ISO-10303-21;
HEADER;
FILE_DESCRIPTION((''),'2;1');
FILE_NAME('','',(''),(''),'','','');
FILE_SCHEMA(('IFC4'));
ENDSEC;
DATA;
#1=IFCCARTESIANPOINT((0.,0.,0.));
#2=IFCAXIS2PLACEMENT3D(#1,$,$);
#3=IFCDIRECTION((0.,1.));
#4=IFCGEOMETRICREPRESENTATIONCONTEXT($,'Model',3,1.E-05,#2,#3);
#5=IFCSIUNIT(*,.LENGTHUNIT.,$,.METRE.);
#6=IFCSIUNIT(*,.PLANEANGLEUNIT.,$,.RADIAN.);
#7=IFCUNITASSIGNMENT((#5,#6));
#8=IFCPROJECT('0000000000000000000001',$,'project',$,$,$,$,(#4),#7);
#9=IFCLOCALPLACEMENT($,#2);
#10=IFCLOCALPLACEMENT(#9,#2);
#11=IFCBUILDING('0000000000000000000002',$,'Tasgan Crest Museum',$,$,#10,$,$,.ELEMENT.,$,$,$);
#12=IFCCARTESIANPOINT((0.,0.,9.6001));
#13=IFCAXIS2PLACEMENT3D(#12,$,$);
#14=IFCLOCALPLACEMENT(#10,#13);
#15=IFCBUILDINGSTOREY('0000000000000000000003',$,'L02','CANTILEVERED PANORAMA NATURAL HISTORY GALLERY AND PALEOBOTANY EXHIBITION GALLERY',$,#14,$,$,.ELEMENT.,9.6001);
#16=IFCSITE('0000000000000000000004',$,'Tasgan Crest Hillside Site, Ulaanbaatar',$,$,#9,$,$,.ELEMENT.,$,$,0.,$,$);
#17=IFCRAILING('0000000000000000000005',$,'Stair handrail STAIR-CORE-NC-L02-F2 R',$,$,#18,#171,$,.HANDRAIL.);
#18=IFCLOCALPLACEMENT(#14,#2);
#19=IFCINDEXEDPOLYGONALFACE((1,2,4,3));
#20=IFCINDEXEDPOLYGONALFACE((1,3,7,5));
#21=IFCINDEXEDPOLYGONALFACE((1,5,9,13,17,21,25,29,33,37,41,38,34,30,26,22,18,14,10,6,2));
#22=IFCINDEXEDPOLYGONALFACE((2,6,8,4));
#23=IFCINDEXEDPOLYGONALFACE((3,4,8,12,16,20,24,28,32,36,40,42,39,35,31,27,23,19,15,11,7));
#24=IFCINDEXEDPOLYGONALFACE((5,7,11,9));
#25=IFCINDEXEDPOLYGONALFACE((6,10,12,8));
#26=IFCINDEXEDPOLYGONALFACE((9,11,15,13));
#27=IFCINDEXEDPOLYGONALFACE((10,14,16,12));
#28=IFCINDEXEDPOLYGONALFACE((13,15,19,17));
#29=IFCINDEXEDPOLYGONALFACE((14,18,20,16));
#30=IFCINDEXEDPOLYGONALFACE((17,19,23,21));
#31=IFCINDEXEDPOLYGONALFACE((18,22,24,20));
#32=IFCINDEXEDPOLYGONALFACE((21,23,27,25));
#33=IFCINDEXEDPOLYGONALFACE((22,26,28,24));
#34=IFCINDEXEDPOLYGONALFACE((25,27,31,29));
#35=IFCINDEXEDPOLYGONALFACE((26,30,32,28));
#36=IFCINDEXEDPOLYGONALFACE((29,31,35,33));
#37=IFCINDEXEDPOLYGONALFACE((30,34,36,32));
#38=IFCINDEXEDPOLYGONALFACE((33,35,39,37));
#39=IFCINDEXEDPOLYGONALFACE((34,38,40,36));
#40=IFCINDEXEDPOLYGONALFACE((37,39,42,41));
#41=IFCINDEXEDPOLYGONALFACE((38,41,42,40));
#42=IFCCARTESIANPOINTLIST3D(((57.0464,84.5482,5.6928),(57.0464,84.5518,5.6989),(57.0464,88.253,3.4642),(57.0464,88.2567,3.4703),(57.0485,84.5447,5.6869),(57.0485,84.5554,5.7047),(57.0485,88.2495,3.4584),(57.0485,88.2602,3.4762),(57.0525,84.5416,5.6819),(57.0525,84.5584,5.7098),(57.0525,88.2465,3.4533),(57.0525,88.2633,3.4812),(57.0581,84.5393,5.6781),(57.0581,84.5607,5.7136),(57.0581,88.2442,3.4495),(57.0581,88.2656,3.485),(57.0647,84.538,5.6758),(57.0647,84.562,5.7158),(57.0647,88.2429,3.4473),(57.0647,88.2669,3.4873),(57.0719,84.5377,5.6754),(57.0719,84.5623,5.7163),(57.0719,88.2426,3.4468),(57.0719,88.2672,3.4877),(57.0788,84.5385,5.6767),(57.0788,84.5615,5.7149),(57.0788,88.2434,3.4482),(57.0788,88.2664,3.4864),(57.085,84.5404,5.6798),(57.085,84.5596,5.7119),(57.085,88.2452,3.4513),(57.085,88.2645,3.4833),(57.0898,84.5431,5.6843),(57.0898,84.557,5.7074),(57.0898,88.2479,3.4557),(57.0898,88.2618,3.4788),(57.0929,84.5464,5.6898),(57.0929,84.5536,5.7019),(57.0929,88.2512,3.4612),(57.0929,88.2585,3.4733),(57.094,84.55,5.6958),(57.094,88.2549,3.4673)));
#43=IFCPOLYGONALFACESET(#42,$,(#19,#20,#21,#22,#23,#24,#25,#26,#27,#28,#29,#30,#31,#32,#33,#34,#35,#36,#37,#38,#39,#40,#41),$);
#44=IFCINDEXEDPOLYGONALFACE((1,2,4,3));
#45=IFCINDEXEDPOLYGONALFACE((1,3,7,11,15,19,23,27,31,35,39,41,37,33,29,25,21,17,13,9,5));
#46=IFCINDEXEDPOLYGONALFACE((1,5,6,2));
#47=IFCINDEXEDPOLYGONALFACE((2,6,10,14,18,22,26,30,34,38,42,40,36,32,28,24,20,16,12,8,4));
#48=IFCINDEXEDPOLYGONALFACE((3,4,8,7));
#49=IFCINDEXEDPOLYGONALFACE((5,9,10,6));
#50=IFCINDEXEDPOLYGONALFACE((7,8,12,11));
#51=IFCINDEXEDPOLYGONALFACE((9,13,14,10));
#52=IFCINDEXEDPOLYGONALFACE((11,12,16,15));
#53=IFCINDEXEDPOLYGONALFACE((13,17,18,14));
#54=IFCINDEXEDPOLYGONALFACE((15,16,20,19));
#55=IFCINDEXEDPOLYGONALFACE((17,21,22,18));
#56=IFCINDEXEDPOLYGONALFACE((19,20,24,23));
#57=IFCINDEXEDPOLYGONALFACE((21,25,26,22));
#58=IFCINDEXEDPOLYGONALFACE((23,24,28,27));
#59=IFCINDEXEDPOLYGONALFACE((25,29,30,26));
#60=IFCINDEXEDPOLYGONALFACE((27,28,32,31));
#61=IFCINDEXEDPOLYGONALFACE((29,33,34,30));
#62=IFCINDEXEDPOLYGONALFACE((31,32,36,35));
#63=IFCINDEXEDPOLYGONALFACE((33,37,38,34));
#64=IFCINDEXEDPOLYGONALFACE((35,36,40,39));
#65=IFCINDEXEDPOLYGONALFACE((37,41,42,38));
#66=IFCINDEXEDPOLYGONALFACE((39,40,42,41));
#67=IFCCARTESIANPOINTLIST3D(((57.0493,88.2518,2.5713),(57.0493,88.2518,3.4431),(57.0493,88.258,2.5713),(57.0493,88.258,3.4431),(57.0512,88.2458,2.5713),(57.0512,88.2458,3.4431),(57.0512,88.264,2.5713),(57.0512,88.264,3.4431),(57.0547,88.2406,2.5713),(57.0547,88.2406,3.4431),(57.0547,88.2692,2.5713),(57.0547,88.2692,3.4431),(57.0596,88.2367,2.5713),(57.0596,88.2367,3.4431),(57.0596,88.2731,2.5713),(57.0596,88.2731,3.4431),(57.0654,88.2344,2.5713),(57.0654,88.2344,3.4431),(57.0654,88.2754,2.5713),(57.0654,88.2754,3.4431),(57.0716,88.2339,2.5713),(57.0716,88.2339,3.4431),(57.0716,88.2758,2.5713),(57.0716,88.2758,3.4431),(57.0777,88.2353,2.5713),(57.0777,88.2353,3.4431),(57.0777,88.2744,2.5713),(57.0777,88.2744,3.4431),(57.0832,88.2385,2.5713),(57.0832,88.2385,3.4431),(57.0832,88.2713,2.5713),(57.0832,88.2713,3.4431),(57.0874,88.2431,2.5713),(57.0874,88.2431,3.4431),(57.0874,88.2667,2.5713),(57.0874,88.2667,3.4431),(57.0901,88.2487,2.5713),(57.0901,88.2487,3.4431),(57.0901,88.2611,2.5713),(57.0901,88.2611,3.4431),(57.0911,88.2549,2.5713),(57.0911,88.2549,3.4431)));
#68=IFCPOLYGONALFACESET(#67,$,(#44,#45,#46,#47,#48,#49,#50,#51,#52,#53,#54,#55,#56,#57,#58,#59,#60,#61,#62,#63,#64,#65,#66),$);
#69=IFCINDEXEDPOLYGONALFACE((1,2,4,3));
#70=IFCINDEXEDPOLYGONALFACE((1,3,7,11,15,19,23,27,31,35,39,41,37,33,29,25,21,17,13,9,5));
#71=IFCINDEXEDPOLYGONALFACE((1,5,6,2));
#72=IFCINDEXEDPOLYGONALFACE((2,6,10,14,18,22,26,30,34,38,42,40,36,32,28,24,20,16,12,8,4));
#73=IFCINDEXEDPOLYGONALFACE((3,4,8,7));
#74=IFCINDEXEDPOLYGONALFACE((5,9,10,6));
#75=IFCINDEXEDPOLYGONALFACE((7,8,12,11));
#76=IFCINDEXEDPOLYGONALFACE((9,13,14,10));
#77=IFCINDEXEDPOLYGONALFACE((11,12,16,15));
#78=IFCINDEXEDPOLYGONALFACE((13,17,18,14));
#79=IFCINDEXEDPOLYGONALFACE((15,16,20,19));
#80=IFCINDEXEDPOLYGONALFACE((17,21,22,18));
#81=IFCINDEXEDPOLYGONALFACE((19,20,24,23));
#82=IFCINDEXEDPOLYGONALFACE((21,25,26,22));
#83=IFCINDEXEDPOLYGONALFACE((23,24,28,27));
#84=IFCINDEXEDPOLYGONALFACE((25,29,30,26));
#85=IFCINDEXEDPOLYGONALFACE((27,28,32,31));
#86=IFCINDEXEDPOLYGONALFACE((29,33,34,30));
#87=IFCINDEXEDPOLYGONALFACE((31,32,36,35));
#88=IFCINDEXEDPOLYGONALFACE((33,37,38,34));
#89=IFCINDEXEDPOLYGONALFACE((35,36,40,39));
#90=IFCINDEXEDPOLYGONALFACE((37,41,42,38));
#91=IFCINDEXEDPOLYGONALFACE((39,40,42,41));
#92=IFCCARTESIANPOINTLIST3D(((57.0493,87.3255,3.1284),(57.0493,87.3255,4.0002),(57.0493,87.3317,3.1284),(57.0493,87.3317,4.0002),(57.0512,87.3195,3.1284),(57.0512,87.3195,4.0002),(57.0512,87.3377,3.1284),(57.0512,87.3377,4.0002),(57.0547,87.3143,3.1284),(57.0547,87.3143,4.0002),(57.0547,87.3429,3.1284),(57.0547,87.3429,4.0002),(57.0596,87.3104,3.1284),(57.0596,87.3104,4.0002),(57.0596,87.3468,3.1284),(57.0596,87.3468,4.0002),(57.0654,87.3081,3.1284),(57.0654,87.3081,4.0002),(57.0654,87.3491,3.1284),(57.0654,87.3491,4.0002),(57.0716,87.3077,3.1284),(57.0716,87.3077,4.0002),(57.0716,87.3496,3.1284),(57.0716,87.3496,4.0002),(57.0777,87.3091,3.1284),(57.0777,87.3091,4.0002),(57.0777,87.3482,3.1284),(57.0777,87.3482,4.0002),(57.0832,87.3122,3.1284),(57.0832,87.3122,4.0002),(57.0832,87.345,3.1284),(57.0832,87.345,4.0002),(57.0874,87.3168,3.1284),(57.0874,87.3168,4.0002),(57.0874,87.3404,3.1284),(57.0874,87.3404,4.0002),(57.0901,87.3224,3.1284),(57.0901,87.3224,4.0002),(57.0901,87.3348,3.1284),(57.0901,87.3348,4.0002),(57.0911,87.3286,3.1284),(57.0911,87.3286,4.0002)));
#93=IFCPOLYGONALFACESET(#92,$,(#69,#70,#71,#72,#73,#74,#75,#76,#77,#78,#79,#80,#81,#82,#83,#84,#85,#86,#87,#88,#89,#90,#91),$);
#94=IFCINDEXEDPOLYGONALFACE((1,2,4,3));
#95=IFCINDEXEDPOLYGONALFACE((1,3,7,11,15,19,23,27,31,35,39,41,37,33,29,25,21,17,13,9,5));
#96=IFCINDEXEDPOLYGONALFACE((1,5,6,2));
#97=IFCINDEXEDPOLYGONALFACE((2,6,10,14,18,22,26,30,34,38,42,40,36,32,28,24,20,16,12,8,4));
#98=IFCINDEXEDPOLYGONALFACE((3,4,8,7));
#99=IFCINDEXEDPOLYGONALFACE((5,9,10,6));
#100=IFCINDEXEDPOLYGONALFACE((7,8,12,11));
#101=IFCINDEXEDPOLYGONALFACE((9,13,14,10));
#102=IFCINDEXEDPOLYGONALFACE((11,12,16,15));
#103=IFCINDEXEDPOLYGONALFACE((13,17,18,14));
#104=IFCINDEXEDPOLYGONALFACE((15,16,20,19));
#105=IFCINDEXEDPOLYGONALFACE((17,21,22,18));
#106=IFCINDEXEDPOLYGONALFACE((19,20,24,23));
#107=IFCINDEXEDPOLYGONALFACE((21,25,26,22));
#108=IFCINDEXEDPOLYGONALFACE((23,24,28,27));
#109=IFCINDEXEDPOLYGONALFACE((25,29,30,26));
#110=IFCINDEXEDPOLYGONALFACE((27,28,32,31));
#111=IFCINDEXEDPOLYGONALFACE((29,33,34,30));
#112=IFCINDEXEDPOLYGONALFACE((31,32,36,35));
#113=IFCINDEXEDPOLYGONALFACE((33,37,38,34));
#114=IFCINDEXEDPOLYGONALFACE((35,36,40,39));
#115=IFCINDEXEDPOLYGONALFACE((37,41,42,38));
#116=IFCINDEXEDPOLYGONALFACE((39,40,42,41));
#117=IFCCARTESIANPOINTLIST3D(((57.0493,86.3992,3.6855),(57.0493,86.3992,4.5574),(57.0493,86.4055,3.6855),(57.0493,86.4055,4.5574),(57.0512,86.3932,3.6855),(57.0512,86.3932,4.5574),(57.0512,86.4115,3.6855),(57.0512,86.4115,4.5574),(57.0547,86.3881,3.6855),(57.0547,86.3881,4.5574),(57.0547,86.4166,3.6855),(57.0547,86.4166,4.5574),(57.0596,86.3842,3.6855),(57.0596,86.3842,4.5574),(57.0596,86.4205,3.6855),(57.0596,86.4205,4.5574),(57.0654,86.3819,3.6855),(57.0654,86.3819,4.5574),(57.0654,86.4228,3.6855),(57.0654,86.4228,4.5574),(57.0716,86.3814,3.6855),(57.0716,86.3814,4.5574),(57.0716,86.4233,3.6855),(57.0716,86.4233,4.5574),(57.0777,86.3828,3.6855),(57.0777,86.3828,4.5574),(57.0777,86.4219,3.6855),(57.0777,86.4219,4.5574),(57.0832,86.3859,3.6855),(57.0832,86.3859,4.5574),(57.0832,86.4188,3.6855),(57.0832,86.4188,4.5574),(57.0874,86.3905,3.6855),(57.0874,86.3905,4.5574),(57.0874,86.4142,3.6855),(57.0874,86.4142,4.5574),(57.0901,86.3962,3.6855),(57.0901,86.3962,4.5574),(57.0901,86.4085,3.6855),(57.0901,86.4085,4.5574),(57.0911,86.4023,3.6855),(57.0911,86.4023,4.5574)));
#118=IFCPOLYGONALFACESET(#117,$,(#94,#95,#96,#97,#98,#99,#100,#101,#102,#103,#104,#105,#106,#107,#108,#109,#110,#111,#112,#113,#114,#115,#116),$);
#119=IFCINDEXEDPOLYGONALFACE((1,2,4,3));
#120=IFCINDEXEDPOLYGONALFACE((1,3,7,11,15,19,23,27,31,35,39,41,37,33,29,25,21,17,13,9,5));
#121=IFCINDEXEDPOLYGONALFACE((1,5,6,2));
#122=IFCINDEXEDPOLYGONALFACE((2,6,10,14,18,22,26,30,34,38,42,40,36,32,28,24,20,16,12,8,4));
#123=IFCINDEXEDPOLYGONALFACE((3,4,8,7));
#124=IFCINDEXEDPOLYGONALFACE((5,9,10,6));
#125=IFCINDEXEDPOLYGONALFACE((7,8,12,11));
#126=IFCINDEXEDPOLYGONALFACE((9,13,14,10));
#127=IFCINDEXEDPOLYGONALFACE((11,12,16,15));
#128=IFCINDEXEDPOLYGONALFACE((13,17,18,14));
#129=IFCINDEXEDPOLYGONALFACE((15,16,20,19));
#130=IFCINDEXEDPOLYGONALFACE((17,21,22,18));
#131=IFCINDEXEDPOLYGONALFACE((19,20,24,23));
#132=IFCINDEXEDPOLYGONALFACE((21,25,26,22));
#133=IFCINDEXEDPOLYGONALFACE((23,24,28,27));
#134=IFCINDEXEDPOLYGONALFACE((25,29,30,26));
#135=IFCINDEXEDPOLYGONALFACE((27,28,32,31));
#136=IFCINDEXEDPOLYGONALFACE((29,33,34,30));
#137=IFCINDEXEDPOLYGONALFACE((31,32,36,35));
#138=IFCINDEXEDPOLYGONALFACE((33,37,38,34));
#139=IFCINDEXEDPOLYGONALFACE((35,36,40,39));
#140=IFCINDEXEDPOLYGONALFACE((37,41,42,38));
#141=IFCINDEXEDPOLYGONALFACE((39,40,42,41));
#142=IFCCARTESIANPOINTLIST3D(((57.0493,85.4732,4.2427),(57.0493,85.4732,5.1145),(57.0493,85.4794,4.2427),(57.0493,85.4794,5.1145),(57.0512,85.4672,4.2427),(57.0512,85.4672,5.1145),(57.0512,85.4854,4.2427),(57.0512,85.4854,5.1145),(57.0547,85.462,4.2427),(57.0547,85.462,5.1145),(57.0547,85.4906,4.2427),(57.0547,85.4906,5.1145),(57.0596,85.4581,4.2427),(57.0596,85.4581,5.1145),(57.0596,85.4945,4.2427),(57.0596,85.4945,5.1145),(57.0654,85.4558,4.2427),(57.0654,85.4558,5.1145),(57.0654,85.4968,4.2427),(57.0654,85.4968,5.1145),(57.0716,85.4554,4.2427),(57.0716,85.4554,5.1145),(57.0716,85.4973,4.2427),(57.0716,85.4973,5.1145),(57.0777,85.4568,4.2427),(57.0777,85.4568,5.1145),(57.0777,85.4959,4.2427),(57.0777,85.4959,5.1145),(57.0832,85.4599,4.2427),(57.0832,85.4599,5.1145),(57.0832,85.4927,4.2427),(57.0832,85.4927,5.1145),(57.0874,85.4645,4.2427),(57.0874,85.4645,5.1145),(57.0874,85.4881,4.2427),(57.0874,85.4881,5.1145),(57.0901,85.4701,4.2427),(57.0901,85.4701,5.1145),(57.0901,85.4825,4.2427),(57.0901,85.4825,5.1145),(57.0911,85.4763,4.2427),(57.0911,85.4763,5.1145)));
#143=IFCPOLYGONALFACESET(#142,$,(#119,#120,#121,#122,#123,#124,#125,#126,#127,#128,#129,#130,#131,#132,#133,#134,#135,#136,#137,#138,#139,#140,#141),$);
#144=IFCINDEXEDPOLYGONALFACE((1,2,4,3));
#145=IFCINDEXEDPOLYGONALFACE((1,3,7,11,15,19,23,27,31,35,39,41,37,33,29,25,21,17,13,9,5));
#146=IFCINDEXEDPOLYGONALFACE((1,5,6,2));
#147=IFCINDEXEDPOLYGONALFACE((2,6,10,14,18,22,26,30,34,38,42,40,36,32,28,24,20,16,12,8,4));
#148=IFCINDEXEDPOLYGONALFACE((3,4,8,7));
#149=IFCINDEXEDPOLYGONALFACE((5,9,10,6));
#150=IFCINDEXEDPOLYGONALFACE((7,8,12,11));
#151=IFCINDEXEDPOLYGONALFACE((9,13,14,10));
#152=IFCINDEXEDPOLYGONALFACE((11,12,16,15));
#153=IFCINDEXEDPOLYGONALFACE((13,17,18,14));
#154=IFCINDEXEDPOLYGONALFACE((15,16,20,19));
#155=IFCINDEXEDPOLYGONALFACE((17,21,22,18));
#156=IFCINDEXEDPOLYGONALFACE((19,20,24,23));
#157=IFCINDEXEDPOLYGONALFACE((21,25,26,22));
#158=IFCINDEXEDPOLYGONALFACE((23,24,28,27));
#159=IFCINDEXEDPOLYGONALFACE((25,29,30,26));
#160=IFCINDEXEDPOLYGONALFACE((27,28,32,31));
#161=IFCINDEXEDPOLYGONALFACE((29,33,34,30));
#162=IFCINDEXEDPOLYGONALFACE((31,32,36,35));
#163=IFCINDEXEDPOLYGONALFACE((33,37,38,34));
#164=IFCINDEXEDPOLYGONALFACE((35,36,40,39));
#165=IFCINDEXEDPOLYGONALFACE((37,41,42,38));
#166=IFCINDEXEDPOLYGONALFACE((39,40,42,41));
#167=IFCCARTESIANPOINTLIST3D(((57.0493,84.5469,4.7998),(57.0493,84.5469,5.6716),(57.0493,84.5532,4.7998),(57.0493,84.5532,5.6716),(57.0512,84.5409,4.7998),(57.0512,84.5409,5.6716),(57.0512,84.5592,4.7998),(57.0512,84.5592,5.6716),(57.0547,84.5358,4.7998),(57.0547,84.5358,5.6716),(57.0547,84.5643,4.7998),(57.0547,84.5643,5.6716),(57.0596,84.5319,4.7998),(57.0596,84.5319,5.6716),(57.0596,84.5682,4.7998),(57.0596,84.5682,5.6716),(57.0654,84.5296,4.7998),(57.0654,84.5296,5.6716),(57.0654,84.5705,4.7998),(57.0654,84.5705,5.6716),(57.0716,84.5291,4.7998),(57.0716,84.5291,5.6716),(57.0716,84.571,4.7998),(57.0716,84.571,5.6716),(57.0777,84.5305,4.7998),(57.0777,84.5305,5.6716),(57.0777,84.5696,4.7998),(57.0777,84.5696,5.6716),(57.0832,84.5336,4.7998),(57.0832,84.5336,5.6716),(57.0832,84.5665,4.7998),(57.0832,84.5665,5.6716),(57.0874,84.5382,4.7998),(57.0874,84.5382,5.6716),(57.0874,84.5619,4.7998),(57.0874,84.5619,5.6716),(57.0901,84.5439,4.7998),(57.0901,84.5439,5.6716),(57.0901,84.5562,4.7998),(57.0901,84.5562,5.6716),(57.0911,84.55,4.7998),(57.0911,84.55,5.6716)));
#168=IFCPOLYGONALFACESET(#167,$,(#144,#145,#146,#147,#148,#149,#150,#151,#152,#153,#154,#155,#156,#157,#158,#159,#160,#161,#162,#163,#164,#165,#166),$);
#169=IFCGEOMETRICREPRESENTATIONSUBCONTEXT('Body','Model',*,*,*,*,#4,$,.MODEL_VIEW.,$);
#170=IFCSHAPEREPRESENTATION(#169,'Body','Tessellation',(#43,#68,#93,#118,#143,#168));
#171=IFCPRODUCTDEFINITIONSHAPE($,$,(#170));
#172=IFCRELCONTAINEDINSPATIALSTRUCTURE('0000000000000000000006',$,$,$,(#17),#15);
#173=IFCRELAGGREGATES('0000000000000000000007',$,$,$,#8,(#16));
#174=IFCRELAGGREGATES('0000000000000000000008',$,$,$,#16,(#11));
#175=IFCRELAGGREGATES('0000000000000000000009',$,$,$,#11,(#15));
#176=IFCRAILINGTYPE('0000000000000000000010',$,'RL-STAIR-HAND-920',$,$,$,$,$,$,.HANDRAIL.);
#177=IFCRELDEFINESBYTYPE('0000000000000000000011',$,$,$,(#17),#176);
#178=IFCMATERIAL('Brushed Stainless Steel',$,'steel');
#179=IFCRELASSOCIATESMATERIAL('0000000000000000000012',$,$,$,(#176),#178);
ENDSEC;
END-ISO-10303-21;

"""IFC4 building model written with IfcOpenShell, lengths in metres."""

from ifc_helpers import new_model, si_unit, direction, frame, origin, origin_2d, place, context, subcontext, project, spatial, circle, extrude, material, type_object, element, save


model = new_model("IFC4")

# Units and contexts
model_context = context("Model", 3, precision=1e-05, world=origin(), true_north=direction((0.0, 1.0)))
body_context = subcontext(model_context, "Body", "Model", "MODEL_VIEW")
ifc_project = project(units=[si_unit("LENGTHUNIT", "METRE"), si_unit("PLANEANGLEUNIT", "RADIAN")], contexts=[model_context])

# Site, building, storey
site_placement = place(None, origin())
site = spatial("IfcSite", under=ifc_project, at=site_placement, Name="Tasgan Crest Hillside Site, Ulaanbaatar", CompositionType="ELEMENT", RefElevation=0.0)
building_placement = place(site_placement, origin())
building = spatial("IfcBuilding", under=site, at=building_placement, Name="Tasgan Crest Museum", CompositionType="ELEMENT")
storey_placement = place(building_placement, frame((0.0, 0.0, 9.6001)))
storey = spatial("IfcBuildingStorey", under=building, at=storey_placement, Name="L02", Description="CANTILEVERED PANORAMA NATURAL HISTORY GALLERY AND PALEOBOTANY EXHIBITION GALLERY", CompositionType="ELEMENT", Elevation=9.6001)

# Railing
ifc_material_1 = material(Name="Brushed Stainless Steel", Category="steel")
railing_type_1 = type_object("IfcRailingType", Name="RL-STAIR-HAND-920", PredefinedType="HANDRAIL", material=ifc_material_1)
for number, where, name in (
    (1, (57.0701, 88.2549, 2.5713), "Stair handrail STAIR-CORE-NC-L02-F2 R"),
):
    element("IfcRailing", number, at=place(storey_placement, frame(where)), inside=storey, type_object=railing_type_1, Name=name, PredefinedType="HANDRAIL", context=body_context, shape_type="SweptSolid", body=[
        extrude(circle(Radius=0.0239, at=origin_2d()), frame((0.0, 0.0, 0.896), z_axis=(0.0, -0.856919, 0.51545), x_axis=(1.0, 0.0, 0.0)), (0.0, 0.0, 1.0), 4.3235),
        extrude(circle(Radius=0.021, at=origin_2d()), origin(), (0.0, 0.0, 1.0), 0.8718),
        extrude(circle(Radius=0.021, at=origin_2d()), frame((0.0, -0.9263, 0.5571)), (0.0, 0.0, 1.0), 0.8718),
        extrude(circle(Radius=0.021, at=origin_2d()), frame((0.0, -1.8525, 1.1143)), (0.0, 0.0, 1.0), 0.8718),
        extrude(circle(Radius=0.021, at=origin_2d()), frame((0.0, -2.7786, 1.6714)), (0.0, 0.0, 1.0), 0.8718),
        extrude(circle(Radius=0.021, at=origin_2d()), frame((0.0, -3.7048, 2.2285)), (0.0, 0.0, 1.0), 0.8718),
    ])

save(model, "model.ifc")
